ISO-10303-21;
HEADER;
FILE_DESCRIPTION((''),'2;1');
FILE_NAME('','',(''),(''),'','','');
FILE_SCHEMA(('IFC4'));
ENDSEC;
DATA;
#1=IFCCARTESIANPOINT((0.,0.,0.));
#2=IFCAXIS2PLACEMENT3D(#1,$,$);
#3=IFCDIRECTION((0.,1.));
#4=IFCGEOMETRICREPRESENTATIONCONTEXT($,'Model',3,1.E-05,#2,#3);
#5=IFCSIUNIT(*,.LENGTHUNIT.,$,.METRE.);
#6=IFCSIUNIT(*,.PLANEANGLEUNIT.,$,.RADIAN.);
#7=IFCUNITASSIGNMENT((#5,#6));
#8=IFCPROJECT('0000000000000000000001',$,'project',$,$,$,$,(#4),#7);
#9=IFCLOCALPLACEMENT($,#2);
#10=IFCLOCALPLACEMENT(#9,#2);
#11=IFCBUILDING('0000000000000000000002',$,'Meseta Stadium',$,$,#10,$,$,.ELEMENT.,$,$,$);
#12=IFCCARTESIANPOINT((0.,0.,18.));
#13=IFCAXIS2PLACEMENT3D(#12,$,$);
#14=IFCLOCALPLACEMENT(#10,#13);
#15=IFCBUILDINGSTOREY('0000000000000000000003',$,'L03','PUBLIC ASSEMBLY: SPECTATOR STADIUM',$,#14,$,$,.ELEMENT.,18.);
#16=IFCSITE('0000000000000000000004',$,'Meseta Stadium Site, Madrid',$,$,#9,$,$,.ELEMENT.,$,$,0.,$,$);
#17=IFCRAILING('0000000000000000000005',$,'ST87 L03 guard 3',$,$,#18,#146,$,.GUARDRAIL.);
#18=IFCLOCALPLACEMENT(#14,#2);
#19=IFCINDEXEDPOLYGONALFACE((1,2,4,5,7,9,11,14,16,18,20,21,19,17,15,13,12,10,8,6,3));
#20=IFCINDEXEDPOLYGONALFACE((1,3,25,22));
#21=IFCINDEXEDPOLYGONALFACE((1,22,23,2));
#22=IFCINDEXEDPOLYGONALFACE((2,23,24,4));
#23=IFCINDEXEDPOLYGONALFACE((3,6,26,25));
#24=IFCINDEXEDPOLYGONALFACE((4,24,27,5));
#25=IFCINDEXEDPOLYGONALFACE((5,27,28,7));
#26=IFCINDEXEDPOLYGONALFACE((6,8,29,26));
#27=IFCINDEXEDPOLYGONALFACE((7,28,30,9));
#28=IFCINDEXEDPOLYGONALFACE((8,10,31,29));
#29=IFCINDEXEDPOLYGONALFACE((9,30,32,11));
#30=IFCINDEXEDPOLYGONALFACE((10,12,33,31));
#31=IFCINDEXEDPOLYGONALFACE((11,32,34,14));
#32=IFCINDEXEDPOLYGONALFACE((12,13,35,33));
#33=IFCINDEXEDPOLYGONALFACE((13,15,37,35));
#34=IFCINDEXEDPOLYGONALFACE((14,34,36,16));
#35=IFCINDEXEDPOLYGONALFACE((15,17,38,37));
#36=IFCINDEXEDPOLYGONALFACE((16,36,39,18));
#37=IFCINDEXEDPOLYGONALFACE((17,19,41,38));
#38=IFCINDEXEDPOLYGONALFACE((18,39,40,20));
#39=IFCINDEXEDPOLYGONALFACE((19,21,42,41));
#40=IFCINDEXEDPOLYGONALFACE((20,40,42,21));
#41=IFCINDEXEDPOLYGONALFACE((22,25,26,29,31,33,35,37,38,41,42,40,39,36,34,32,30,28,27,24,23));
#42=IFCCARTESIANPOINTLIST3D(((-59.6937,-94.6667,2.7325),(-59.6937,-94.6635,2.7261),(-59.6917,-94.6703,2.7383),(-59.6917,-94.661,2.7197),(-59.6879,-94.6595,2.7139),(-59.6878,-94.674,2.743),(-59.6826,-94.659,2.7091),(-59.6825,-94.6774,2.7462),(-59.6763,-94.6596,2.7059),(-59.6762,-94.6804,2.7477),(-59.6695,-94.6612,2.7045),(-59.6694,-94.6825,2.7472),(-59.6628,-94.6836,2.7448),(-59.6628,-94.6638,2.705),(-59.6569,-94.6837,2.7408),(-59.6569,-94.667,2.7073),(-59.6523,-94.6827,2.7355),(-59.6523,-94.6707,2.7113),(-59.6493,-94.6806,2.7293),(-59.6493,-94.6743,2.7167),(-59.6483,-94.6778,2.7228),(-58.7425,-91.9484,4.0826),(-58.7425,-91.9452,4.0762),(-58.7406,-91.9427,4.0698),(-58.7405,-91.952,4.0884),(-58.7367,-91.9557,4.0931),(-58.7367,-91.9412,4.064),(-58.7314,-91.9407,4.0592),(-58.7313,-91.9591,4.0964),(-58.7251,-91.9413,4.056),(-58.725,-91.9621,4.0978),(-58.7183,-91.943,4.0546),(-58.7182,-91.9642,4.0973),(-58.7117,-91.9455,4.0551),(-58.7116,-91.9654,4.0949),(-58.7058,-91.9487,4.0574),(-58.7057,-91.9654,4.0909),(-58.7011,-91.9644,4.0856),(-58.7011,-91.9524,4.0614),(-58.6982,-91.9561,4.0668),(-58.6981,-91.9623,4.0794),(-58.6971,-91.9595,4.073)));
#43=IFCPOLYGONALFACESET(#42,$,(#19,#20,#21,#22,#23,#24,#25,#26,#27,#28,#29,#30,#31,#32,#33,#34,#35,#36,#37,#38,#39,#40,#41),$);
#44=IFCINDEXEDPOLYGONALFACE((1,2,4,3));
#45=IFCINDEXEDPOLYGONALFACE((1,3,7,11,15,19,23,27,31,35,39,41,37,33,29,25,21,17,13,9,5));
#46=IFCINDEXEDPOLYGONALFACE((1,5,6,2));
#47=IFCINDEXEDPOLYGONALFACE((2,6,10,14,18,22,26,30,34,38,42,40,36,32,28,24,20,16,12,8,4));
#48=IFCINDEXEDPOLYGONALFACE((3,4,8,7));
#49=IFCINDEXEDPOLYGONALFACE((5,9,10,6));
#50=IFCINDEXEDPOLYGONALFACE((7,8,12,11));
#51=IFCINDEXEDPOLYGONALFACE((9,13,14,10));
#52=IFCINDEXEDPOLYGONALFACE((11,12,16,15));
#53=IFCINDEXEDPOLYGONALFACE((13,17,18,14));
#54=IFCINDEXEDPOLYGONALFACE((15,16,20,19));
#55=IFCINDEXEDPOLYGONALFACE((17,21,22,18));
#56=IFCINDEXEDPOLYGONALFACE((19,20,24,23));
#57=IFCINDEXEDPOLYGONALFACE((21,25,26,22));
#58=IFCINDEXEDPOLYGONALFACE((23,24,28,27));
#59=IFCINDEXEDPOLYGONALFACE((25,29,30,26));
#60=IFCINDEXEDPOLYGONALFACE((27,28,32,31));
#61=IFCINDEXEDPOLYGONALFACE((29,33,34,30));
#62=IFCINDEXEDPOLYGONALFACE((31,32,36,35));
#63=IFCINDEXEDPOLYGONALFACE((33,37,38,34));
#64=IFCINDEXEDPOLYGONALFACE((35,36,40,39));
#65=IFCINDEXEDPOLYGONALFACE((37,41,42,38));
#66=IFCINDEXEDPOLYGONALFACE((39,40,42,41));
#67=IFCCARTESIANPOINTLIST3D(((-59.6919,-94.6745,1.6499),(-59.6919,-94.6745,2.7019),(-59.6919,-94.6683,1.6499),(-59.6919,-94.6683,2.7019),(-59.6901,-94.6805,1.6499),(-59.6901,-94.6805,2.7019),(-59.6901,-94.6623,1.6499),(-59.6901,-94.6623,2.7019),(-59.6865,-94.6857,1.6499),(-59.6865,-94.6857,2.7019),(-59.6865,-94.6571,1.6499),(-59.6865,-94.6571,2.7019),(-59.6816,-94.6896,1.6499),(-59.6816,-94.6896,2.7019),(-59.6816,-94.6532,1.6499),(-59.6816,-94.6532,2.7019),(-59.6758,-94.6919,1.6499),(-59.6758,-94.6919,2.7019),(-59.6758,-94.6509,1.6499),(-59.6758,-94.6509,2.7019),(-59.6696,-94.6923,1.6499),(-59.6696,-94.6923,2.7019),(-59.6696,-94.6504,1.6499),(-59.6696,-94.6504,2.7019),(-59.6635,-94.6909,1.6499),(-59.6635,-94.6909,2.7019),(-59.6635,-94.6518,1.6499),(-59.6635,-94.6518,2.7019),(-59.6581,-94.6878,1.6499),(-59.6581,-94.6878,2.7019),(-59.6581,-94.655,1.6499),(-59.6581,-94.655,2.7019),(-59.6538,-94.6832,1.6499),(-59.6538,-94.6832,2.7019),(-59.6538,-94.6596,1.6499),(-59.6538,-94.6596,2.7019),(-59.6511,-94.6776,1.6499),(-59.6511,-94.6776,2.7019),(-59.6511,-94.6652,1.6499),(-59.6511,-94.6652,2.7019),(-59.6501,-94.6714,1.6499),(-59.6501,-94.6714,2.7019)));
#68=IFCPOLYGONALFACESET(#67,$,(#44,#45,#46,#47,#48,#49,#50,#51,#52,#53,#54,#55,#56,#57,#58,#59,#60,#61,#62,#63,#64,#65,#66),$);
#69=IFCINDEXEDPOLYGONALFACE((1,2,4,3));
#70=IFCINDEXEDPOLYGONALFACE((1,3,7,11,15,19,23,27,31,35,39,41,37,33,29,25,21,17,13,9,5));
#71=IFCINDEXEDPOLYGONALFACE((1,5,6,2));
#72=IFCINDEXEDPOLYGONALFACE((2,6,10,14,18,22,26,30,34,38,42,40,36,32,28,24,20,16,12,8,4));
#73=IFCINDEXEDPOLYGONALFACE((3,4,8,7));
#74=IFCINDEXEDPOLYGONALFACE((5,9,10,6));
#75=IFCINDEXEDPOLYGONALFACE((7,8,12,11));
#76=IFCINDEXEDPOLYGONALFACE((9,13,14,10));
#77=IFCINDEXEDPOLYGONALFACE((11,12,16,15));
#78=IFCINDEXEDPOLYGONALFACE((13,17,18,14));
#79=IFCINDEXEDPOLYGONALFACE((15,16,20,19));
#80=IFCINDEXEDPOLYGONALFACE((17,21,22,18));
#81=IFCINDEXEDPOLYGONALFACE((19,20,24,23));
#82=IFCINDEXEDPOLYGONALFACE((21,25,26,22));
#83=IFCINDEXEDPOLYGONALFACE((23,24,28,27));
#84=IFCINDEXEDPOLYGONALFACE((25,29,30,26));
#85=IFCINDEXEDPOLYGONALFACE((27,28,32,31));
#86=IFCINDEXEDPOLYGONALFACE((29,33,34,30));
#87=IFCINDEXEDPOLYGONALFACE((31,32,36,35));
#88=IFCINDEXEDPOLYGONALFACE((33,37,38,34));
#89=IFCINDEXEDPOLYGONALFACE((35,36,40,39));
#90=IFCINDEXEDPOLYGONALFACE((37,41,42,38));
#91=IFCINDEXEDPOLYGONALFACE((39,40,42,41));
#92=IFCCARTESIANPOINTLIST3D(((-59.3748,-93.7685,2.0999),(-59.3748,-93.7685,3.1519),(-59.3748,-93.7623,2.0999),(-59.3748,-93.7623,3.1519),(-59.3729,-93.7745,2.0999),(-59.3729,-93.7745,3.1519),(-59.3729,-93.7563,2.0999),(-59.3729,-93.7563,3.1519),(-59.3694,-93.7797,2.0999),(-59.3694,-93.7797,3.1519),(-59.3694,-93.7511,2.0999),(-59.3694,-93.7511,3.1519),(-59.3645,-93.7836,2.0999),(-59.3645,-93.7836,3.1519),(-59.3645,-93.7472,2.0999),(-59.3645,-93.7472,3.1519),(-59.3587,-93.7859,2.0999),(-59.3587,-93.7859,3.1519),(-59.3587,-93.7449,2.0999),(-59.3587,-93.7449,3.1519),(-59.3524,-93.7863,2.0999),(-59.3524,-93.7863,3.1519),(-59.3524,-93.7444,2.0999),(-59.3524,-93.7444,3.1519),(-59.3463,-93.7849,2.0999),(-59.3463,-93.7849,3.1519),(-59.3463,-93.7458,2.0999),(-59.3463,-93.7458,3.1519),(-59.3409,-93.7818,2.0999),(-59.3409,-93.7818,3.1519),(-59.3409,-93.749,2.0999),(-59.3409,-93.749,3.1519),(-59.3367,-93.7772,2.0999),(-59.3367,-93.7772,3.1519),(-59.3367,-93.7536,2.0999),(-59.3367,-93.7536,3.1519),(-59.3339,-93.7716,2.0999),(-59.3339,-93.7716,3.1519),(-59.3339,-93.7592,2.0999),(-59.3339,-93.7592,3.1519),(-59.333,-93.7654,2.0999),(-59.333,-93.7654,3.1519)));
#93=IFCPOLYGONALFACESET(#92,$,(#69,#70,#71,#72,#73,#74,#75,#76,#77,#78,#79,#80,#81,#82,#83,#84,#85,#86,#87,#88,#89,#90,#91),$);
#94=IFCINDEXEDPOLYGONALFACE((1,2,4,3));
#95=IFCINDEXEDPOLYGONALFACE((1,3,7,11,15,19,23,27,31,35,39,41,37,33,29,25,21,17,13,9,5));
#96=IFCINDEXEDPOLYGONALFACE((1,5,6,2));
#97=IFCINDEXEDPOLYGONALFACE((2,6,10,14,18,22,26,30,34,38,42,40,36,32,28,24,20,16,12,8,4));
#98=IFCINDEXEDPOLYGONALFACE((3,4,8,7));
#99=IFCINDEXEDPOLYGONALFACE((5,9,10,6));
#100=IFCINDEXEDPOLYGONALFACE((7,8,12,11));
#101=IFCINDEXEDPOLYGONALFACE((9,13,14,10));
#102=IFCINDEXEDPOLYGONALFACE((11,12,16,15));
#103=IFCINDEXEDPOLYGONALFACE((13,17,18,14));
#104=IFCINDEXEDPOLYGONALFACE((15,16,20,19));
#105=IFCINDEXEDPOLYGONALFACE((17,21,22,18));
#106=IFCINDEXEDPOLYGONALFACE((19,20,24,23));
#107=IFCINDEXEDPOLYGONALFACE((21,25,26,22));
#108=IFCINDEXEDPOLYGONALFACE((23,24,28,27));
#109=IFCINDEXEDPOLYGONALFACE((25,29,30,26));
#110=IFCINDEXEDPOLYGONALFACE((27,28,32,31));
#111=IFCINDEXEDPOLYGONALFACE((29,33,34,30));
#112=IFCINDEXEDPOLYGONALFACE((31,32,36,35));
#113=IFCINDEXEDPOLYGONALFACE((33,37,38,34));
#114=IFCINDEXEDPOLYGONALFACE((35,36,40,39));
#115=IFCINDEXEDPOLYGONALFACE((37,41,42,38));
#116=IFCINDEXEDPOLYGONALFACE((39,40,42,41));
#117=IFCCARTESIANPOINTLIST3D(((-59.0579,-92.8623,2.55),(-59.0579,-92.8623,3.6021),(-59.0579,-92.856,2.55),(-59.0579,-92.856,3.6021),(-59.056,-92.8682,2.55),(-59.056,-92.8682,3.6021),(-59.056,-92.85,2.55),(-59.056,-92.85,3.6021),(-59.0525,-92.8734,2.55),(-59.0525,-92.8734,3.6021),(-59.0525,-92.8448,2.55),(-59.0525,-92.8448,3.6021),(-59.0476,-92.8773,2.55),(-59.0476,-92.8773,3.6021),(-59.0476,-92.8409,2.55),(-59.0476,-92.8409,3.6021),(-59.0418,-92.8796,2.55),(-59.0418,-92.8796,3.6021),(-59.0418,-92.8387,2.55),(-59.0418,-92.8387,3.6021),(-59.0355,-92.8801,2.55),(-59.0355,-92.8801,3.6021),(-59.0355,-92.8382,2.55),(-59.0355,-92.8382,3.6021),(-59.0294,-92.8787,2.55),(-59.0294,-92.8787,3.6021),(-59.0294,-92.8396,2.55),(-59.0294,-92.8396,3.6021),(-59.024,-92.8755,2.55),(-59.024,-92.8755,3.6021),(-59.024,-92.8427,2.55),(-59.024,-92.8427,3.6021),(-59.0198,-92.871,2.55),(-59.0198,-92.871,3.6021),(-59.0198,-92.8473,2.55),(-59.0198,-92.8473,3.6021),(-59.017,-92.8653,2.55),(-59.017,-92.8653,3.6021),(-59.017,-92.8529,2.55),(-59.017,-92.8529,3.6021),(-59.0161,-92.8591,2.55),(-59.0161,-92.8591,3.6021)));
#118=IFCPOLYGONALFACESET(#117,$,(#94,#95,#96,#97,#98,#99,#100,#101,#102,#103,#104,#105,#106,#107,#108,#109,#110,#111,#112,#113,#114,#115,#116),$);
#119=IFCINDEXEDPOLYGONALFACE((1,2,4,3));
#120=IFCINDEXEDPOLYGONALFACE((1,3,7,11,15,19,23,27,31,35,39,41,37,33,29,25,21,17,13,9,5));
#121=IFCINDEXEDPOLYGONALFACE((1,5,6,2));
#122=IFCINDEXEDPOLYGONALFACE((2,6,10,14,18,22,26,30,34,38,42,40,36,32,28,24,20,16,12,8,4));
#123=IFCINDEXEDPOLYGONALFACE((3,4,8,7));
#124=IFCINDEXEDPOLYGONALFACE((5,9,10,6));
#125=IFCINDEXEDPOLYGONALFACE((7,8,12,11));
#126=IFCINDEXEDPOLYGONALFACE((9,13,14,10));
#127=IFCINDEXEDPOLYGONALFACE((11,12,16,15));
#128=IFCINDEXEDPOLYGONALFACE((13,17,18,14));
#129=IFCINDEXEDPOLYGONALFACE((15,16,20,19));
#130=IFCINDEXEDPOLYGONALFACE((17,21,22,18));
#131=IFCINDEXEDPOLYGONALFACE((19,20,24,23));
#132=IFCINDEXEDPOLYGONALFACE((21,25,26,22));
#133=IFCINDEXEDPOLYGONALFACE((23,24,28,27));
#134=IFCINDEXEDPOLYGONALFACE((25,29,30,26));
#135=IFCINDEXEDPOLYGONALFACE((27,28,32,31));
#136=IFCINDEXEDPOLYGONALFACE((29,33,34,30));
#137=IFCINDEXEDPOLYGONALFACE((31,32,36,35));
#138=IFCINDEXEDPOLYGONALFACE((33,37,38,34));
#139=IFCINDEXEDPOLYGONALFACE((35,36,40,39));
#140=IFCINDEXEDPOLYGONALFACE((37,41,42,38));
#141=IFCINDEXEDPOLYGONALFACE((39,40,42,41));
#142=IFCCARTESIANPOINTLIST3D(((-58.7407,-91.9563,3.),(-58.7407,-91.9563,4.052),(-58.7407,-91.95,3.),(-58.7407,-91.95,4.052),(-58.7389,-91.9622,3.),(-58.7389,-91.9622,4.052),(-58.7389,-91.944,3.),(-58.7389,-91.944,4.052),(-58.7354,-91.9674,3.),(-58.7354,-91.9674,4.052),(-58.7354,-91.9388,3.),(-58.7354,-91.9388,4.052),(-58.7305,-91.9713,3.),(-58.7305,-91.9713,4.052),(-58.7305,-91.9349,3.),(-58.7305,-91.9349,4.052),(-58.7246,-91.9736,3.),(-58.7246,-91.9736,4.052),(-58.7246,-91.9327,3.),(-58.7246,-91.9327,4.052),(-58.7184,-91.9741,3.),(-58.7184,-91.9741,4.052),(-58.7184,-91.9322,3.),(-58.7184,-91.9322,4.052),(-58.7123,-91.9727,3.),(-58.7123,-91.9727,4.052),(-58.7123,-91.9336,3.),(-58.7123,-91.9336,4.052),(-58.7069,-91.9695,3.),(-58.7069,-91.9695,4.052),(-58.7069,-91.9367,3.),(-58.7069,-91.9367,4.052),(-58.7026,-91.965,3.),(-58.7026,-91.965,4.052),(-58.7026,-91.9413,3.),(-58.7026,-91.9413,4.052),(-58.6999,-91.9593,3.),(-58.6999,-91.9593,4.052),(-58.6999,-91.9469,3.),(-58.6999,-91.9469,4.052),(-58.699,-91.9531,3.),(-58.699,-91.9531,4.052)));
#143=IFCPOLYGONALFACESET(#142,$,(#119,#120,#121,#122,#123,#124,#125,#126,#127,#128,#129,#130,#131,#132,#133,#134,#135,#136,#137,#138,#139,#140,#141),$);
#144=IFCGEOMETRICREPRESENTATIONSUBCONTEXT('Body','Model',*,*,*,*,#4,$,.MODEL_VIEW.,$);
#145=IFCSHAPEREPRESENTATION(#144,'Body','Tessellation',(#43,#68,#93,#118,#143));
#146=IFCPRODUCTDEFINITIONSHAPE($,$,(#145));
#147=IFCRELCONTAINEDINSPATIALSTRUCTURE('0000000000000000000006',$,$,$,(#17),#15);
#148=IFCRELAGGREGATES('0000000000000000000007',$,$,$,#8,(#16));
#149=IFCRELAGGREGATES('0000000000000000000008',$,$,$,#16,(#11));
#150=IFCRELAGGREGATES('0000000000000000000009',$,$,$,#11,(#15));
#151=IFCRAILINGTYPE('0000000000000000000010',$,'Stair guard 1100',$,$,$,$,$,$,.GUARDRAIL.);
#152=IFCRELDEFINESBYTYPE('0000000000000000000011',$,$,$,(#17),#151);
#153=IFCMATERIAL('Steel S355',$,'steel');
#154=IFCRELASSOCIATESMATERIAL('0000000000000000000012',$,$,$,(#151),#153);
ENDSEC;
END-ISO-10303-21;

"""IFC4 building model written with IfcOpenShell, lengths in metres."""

from ifc_helpers import new_model, si_unit, direction, frame, origin, origin_2d, place, context, subcontext, project, spatial, circle, extrude, material, type_object, element, save


model = new_model("IFC4")

# Units and contexts
model_context = context("Model", 3, precision=1e-05, world=origin(), true_north=direction((0.0, 1.0)))
body_context = subcontext(model_context, "Body", "Model", "MODEL_VIEW")
ifc_project = project(units=[si_unit("LENGTHUNIT", "METRE"), si_unit("PLANEANGLEUNIT", "RADIAN")], contexts=[model_context])

# Site, building, storey
site_placement = place(None, origin())
site = spatial("IfcSite", under=ifc_project, at=site_placement, Name="Meseta Stadium Site, Madrid", CompositionType="ELEMENT", RefElevation=0.0)
building_placement = place(site_placement, origin())
building = spatial("IfcBuilding", under=site, at=building_placement, Name="Meseta Stadium", CompositionType="ELEMENT")
storey_placement = place(building_placement, frame((0.0, 0.0, 18.0)))
storey = spatial("IfcBuildingStorey", under=building, at=storey_placement, Name="L03", Description="PUBLIC ASSEMBLY: SPECTATOR STADIUM", CompositionType="ELEMENT", Elevation=18.0)

# Railing
ifc_material_1 = material(Name="Steel S355", Category="steel")
railing_type_1 = type_object("IfcRailingType", Name="Stair guard 1100", PredefinedType="GUARDRAIL", material=ifc_material_1)
railing_1_placement = place(storey_placement, frame((-59.6711, -94.6714, 1.6499)))
element("IfcRailing", 1, at=railing_1_placement, inside=storey, type_object=railing_type_1, Name="ST87 L03 guard 3", PredefinedType="GUARDRAIL", context=body_context, shape_type="SweptSolid", body=[
    extrude(circle(Radius=0.0239, at=origin_2d()), frame((0.0, 0.0, 1.0762), z_axis=(0.299051, 0.854629, 0.424474), x_axis=(-0.943882, 0.330282, 0.0)), (0.0, 0.0, 1.0), 3.1807),
    extrude(circle(Radius=0.021, at=origin_2d()), origin(), (0.0, 0.0, 1.0), 1.052),
    extrude(circle(Radius=0.021, at=origin_2d()), frame((0.3171, 0.906, 0.45)), (0.0, 0.0, 1.0), 1.052),
    extrude(circle(Radius=0.021, at=origin_2d()), frame((0.634, 1.8123, 0.9001)), (0.0, 0.0, 1.0), 1.052),
    extrude(circle(Radius=0.021, at=origin_2d()), frame((0.9512, 2.7183, 1.3501)), (0.0, 0.0, 1.0), 1.052),
])

save(model, "model.ifc")
